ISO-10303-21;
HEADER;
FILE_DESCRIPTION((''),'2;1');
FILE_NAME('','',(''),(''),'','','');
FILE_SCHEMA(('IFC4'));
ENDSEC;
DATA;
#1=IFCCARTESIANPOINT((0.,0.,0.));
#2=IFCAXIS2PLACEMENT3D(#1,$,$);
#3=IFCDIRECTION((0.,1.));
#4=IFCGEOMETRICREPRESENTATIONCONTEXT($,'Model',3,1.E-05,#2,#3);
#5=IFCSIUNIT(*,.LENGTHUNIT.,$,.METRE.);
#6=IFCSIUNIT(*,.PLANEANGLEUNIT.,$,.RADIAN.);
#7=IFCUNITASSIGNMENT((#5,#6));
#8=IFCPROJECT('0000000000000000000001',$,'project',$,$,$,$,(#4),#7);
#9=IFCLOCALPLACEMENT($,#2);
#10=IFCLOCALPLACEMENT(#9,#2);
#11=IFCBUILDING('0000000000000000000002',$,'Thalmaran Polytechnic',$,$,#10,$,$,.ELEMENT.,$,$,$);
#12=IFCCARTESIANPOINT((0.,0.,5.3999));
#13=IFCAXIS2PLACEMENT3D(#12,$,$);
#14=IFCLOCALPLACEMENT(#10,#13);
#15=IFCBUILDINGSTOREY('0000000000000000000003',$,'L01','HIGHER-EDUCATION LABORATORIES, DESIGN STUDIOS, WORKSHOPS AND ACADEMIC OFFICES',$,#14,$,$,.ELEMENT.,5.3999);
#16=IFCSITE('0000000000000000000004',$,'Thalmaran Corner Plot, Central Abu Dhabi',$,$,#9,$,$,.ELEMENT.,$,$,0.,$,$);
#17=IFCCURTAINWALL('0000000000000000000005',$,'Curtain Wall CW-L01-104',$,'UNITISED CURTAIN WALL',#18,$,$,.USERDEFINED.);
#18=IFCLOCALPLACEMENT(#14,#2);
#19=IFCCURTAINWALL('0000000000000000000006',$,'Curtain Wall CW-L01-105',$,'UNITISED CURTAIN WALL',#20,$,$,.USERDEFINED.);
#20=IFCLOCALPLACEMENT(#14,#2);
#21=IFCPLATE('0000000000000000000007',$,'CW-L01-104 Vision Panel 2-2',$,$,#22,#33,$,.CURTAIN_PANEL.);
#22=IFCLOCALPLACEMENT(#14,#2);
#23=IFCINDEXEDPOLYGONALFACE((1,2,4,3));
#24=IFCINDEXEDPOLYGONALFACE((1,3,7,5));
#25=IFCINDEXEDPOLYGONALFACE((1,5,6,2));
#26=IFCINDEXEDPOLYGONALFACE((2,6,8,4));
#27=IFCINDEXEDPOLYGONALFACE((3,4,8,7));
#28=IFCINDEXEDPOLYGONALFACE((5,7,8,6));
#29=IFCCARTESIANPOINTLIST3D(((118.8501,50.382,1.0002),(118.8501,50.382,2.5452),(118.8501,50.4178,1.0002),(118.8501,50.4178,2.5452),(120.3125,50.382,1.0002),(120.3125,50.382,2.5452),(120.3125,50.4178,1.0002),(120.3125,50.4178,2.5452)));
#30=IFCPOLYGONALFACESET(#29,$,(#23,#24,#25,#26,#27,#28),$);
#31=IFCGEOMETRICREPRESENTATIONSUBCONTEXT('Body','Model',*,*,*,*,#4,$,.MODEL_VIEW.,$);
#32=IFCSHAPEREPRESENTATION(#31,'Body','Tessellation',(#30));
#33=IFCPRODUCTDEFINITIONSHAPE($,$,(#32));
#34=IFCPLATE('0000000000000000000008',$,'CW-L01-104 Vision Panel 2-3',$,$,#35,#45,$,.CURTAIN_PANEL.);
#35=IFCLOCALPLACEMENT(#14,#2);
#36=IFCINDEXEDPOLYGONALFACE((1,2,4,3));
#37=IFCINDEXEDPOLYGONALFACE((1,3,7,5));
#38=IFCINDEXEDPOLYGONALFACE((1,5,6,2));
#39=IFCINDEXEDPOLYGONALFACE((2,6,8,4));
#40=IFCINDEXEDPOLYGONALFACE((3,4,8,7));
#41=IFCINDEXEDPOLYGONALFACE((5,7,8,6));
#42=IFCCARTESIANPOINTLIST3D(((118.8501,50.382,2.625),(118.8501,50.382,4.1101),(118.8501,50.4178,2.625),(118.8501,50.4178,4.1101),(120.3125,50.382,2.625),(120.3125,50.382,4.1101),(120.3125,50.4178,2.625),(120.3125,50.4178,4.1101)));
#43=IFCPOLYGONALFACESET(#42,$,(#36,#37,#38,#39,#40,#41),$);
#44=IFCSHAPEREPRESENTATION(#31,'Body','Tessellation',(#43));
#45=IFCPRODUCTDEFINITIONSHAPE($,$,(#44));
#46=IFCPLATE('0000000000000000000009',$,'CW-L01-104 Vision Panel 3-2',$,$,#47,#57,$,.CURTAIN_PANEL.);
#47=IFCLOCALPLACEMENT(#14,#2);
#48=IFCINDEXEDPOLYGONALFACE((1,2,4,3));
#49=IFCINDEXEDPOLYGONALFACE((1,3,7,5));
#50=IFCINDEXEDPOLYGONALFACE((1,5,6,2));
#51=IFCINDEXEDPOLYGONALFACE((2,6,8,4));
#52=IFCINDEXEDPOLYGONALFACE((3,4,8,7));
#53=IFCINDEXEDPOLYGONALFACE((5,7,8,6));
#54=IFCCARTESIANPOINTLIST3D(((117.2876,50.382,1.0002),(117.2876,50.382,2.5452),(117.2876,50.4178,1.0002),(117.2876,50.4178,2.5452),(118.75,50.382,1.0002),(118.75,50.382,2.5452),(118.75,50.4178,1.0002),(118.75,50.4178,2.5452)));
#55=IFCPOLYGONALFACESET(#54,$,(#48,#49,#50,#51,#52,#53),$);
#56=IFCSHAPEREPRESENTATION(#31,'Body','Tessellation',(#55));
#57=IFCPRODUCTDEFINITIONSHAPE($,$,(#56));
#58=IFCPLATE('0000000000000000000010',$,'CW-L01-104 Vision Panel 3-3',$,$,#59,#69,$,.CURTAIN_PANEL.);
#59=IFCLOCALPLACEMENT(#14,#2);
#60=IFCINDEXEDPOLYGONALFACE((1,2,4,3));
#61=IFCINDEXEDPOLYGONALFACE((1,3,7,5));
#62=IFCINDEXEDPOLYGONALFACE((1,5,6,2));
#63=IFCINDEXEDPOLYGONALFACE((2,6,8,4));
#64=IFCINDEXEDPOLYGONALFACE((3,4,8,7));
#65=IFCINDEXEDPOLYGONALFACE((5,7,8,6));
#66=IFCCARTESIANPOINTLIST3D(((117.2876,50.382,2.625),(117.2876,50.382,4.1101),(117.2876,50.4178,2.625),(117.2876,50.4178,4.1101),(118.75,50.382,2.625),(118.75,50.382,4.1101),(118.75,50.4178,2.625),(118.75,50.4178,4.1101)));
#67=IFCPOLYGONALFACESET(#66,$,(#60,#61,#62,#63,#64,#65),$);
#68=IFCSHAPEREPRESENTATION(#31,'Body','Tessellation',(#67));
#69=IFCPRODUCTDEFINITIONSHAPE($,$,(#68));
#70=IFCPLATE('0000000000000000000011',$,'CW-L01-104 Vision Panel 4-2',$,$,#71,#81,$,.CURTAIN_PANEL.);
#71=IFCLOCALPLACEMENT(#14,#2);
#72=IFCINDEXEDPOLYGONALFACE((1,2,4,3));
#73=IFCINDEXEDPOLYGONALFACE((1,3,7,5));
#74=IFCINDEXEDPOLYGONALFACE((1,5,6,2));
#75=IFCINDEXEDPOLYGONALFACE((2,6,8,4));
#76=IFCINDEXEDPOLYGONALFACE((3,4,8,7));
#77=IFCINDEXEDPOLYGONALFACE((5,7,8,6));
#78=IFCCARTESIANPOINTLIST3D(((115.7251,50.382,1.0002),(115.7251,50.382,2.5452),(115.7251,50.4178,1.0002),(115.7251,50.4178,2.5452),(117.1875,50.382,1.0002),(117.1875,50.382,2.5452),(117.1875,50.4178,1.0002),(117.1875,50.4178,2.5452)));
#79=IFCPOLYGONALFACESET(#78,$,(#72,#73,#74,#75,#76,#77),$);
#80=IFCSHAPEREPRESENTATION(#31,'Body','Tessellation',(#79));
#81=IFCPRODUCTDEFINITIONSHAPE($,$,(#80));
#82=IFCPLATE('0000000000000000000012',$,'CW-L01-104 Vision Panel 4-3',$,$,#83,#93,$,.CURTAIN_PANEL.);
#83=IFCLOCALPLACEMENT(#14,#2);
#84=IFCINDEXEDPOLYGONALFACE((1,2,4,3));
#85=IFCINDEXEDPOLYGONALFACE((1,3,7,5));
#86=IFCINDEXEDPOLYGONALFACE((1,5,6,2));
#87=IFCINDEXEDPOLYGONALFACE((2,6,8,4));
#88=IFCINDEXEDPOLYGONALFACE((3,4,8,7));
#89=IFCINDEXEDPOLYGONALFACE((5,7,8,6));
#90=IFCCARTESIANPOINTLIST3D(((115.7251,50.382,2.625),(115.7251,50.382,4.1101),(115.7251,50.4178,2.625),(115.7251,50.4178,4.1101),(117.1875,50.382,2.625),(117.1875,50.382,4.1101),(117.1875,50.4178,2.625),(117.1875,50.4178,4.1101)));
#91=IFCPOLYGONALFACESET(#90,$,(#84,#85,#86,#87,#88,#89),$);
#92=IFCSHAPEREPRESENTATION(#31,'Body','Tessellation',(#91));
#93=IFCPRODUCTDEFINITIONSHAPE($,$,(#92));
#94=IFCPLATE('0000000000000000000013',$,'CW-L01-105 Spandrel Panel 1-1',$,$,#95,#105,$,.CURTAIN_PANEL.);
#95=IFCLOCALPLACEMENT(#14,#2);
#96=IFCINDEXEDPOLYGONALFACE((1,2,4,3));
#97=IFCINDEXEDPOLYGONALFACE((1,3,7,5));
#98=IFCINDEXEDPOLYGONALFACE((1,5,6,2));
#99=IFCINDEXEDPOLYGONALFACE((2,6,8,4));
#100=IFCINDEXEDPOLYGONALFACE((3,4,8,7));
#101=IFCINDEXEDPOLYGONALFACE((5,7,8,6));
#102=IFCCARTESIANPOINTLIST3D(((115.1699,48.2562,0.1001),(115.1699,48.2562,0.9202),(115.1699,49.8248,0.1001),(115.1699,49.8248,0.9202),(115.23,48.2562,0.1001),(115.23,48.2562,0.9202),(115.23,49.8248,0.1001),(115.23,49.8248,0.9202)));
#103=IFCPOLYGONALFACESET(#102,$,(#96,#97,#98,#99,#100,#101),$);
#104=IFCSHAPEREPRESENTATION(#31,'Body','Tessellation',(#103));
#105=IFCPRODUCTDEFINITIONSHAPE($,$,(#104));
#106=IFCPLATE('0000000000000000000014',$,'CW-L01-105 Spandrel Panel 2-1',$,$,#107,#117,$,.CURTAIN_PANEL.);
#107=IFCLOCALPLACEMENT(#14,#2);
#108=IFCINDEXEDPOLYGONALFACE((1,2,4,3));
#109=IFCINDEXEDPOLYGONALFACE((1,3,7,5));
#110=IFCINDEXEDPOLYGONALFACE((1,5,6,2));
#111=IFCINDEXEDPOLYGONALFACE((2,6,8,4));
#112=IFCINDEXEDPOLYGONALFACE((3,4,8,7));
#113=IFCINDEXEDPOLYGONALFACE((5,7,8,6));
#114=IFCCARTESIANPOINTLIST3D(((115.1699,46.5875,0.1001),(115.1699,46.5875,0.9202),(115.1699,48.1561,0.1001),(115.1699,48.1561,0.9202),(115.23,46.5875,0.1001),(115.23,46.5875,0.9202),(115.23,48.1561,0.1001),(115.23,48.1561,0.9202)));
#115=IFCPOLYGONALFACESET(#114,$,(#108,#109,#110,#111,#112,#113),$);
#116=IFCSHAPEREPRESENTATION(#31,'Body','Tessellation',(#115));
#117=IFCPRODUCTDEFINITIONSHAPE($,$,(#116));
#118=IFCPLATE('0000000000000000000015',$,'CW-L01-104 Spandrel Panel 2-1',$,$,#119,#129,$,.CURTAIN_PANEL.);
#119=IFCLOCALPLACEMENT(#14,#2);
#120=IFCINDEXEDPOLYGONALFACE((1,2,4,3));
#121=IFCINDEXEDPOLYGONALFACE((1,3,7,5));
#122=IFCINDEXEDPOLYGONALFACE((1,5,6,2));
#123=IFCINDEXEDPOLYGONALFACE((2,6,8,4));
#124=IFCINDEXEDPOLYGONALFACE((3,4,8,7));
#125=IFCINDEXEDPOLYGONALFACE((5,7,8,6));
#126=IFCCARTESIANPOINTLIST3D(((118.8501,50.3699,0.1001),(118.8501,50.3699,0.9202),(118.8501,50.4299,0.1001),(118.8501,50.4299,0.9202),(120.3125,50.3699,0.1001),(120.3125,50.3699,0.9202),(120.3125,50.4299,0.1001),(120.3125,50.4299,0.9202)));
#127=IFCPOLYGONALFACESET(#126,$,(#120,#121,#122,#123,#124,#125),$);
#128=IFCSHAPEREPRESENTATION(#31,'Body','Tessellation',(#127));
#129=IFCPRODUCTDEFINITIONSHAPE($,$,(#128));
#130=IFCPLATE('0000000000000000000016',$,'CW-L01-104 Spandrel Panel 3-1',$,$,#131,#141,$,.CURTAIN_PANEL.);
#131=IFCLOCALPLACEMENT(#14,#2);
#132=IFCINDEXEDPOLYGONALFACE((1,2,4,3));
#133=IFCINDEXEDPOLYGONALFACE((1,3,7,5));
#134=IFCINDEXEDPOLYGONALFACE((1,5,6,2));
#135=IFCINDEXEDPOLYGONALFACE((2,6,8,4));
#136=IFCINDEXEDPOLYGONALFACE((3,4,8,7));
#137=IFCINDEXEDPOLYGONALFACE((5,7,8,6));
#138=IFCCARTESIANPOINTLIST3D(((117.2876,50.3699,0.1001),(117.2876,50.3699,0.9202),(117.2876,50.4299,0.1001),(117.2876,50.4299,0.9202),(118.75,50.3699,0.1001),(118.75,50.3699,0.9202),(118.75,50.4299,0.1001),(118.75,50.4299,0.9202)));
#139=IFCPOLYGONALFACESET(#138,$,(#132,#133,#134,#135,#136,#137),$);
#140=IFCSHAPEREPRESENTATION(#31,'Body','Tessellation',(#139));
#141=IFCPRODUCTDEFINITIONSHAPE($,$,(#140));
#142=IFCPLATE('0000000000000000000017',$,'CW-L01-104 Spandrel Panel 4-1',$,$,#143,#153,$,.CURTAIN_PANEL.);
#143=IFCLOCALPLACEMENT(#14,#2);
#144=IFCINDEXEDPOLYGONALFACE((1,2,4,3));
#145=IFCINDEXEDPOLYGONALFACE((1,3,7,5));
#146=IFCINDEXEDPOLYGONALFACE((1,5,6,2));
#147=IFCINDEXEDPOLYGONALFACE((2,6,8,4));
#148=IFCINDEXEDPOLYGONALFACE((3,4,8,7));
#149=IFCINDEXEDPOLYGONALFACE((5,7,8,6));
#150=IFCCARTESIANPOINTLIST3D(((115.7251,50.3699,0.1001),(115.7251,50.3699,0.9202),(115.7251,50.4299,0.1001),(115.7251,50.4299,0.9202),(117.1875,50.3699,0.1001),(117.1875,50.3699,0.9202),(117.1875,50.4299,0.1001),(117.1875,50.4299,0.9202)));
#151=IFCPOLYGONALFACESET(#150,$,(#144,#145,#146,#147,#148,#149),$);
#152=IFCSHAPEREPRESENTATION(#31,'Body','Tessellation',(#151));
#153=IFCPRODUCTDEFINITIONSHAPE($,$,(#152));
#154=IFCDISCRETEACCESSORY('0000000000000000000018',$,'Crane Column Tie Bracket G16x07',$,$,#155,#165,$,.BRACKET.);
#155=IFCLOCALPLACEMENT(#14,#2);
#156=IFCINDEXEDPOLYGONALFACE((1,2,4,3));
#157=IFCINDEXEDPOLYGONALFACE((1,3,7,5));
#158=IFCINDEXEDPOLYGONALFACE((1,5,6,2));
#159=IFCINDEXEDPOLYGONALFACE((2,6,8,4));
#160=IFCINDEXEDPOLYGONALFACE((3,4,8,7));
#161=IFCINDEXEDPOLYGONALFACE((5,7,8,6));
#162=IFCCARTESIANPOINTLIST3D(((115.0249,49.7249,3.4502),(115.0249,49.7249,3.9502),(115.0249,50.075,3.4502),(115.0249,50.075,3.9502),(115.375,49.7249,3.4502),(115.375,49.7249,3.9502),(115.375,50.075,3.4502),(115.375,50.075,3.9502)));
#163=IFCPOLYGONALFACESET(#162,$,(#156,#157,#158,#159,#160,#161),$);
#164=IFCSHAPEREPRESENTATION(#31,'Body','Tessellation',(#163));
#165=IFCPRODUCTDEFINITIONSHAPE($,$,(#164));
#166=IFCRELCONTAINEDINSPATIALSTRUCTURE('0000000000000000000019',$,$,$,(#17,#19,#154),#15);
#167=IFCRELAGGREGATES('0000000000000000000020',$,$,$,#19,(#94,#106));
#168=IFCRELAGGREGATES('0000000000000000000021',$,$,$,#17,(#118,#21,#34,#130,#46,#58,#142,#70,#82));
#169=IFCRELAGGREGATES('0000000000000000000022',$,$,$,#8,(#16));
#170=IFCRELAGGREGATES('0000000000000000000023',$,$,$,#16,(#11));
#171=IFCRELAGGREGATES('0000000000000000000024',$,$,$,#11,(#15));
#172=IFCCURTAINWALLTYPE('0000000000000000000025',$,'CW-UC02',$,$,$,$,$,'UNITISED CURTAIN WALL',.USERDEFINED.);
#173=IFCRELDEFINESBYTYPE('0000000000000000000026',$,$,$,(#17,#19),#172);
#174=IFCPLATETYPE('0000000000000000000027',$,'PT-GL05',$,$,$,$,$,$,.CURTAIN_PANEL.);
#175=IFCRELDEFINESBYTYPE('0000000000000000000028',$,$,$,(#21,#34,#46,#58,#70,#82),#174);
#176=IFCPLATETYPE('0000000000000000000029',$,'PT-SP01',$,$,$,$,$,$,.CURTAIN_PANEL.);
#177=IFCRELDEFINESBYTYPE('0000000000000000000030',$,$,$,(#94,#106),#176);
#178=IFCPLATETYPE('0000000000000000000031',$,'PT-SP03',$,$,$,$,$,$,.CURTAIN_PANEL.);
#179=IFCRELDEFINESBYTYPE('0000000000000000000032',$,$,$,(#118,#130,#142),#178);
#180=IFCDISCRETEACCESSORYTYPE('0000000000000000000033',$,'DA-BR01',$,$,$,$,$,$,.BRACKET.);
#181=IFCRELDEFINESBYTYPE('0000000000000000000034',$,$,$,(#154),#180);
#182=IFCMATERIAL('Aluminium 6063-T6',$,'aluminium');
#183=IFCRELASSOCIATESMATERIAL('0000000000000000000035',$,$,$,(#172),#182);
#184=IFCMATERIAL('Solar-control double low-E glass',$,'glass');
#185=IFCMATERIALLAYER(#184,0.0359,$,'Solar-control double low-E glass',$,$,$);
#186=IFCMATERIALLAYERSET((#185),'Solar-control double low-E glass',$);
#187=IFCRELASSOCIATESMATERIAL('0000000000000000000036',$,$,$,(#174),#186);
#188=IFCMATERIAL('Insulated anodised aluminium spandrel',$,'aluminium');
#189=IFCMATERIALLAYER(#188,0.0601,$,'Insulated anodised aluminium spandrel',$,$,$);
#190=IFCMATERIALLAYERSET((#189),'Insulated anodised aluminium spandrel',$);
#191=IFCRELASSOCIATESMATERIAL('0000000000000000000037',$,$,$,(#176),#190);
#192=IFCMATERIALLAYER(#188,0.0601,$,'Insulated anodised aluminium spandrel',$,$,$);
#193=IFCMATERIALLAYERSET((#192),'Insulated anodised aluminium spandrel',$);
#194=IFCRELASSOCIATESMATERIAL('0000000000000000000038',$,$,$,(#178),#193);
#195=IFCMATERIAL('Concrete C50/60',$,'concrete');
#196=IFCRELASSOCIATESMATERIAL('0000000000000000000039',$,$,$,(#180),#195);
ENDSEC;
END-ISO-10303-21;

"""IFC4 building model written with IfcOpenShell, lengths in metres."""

from ifc_helpers import new_model, si_unit, direction, frame, origin, origin_2d, place, context, subcontext, project, spatial, rectangle, extrude, material, layer, layer_set, type_object, element, aggregate, save


model = new_model("IFC4")

# Units and contexts
model_context = context("Model", 3, precision=1e-05, world=origin(), true_north=direction((0.0, 1.0)))
body_context = subcontext(model_context, "Body", "Model", "MODEL_VIEW")
ifc_project = project(units=[si_unit("LENGTHUNIT", "METRE"), si_unit("PLANEANGLEUNIT", "RADIAN")], contexts=[model_context])

# Site, building, storey
site_placement = place(None, origin())
site = spatial("IfcSite", under=ifc_project, at=site_placement, Name="Thalmaran Corner Plot, Central Abu Dhabi", CompositionType="ELEMENT", RefElevation=0.0)
building_placement = place(site_placement, origin())
building = spatial("IfcBuilding", under=site, at=building_placement, Name="Thalmaran Polytechnic", CompositionType="ELEMENT")
storey_placement = place(building_placement, frame((0.0, 0.0, 5.3999)))
storey = spatial("IfcBuildingStorey", under=building, at=storey_placement, Name="L01", Description="HIGHER-EDUCATION LABORATORIES, DESIGN STUDIOS, WORKSHOPS AND ACADEMIC OFFICES", CompositionType="ELEMENT", Elevation=5.3999)

# Shared definitions
ifc_material_1 = material(Name="Concrete C50/60", Category="concrete")

# Curtain walls
ifc_material_2 = material(Name="Aluminium 6063-T6", Category="aluminium")
curtain_wall_type = type_object("IfcCurtainWallType", Name="CW-UC02", ElementType="UNITISED CURTAIN WALL", PredefinedType="USERDEFINED", material=ifc_material_2)
curtain_wall_1_placement = place(storey_placement, origin())
curtain_wall_1 = element("IfcCurtainWall", 1, at=curtain_wall_1_placement, inside=storey, type_object=curtain_wall_type, Name="Curtain Wall CW-L01-104", ObjectType="UNITISED CURTAIN WALL", PredefinedType="USERDEFINED")
curtain_wall_2_placement = place(storey_placement, origin())
curtain_wall_2 = element("IfcCurtainWall", 2, at=curtain_wall_2_placement, inside=storey, type_object=curtain_wall_type, Name="Curtain Wall CW-L01-105", ObjectType="UNITISED CURTAIN WALL", PredefinedType="USERDEFINED")

# Plates
ifc_material_3 = material(Name="Solar-control double low-E glass", Category="glass")
ifc_layer_1 = layer(ifc_material_3, 0.0359, Name="Solar-control double low-E glass")
ifc_layer_set_1 = layer_set([ifc_layer_1], Name="Solar-control double low-E glass")
plate_type_1 = type_object("IfcPlateType", Name="PT-GL05", PredefinedType="CURTAIN_PANEL", material=ifc_layer_set_1)
plate_1_placement = place(storey_placement, frame((119.5813, 50.3999, 1.0002), z_axis=(0.0, 0.0, 1.0), x_axis=(-1.0, 0.0, 0.0)))
plate_1 = element("IfcPlate", 3, at=plate_1_placement, type_object=plate_type_1, Name="CW-L01-104 Vision Panel 2-2", PredefinedType="CURTAIN_PANEL", context=body_context, shape_type="SweptSolid", body=[
    extrude(rectangle(XDim=1.4624, YDim=0.0359, at=origin_2d()), origin(), (0.0, 0.0, 1.0), 1.5449),
])
plate_2_placement = place(storey_placement, frame((119.5813, 50.3999, 2.625), z_axis=(0.0, 0.0, 1.0), x_axis=(-1.0, 0.0, 0.0)))
plate_2 = element("IfcPlate", 4, at=plate_2_placement, type_object=plate_type_1, Name="CW-L01-104 Vision Panel 2-3", PredefinedType="CURTAIN_PANEL", context=body_context, shape_type="SweptSolid", body=[
    extrude(rectangle(XDim=1.4624, YDim=0.0359, at=origin_2d()), origin(), (0.0, 0.0, 1.0), 1.4851),
])
plate_3_placement = place(storey_placement, frame((118.0188, 50.3999, 1.0002), z_axis=(0.0, 0.0, 1.0), x_axis=(-1.0, 0.0, 0.0)))
plate_3 = element("IfcPlate", 5, at=plate_3_placement, type_object=plate_type_1, Name="CW-L01-104 Vision Panel 3-2", PredefinedType="CURTAIN_PANEL", context=body_context, shape_type="SweptSolid", body=[
    extrude(rectangle(XDim=1.4624, YDim=0.0359, at=origin_2d()), origin(), (0.0, 0.0, 1.0), 1.5449),
])
plate_4_placement = place(storey_placement, frame((118.0188, 50.3999, 2.625), z_axis=(0.0, 0.0, 1.0), x_axis=(-1.0, 0.0, 0.0)))
plate_4 = element("IfcPlate", 6, at=plate_4_placement, type_object=plate_type_1, Name="CW-L01-104 Vision Panel 3-3", PredefinedType="CURTAIN_PANEL", context=body_context, shape_type="SweptSolid", body=[
    extrude(rectangle(XDim=1.4624, YDim=0.0359, at=origin_2d()), origin(), (0.0, 0.0, 1.0), 1.4851),
])
plate_5_placement = place(storey_placement, frame((116.4563, 50.3999, 1.0002), z_axis=(0.0, 0.0, 1.0), x_axis=(-1.0, 0.0, 0.0)))
plate_5 = element("IfcPlate", 7, at=plate_5_placement, type_object=plate_type_1, Name="CW-L01-104 Vision Panel 4-2", PredefinedType="CURTAIN_PANEL", context=body_context, shape_type="SweptSolid", body=[
    extrude(rectangle(XDim=1.4624, YDim=0.0359, at=origin_2d()), origin(), (0.0, 0.0, 1.0), 1.5449),
])
plate_6_placement = place(storey_placement, frame((116.4563, 50.3999, 2.625), z_axis=(0.0, 0.0, 1.0), x_axis=(-1.0, 0.0, 0.0)))
plate_6 = element("IfcPlate", 8, at=plate_6_placement, type_object=plate_type_1, Name="CW-L01-104 Vision Panel 4-3", PredefinedType="CURTAIN_PANEL", context=body_context, shape_type="SweptSolid", body=[
    extrude(rectangle(XDim=1.4624, YDim=0.0359, at=origin_2d()), origin(), (0.0, 0.0, 1.0), 1.4851),
])
ifc_material_4 = material(Name="Insulated anodised aluminium spandrel", Category="aluminium")
ifc_layer_2 = layer(ifc_material_4, 0.0601, Name="Insulated anodised aluminium spandrel")
ifc_layer_set_2 = layer_set([ifc_layer_2], Name="Insulated anodised aluminium spandrel")
plate_type_2 = type_object("IfcPlateType", Name="PT-SP01", PredefinedType="CURTAIN_PANEL", material=ifc_layer_set_2)
plate_7_placement = place(storey_placement, frame((115.2, 49.0405, 0.1001), z_axis=(0.0, 0.0, 1.0), x_axis=(0.0, -1.0, 0.0)))
plate_7 = element("IfcPlate", 9, at=plate_7_placement, type_object=plate_type_2, Name="CW-L01-105 Spandrel Panel 1-1", PredefinedType="CURTAIN_PANEL", context=body_context, shape_type="SweptSolid", body=[
    extrude(rectangle(XDim=1.5686, YDim=0.0601, at=origin_2d()), origin(), (0.0, 0.0, 1.0), 0.8201),
])
plate_8_placement = place(storey_placement, frame((115.2, 47.3718, 0.1001), z_axis=(0.0, 0.0, 1.0), x_axis=(0.0, -1.0, 0.0)))
plate_8 = element("IfcPlate", 10, at=plate_8_placement, type_object=plate_type_2, Name="CW-L01-105 Spandrel Panel 2-1", PredefinedType="CURTAIN_PANEL", context=body_context, shape_type="SweptSolid", body=[
    extrude(rectangle(XDim=1.5686, YDim=0.0601, at=origin_2d()), origin(), (0.0, 0.0, 1.0), 0.8201),
])
aggregate(curtain_wall_2, [plate_7, plate_8])
ifc_layer_3 = layer(ifc_material_4, 0.0601, Name="Insulated anodised aluminium spandrel")
ifc_layer_set_3 = layer_set([ifc_layer_3], Name="Insulated anodised aluminium spandrel")
plate_type_3 = type_object("IfcPlateType", Name="PT-SP03", PredefinedType="CURTAIN_PANEL", material=ifc_layer_set_3)
plate_9_placement = place(storey_placement, frame((119.5813, 50.3999, 0.1001), z_axis=(0.0, 0.0, 1.0), x_axis=(-1.0, 0.0, 0.0)))
plate_9 = element("IfcPlate", 11, at=plate_9_placement, type_object=plate_type_3, Name="CW-L01-104 Spandrel Panel 2-1", PredefinedType="CURTAIN_PANEL", context=body_context, shape_type="SweptSolid", body=[
    extrude(rectangle(XDim=1.4624, YDim=0.0601, at=origin_2d()), origin(), (0.0, 0.0, 1.0), 0.8201),
])
plate_10_placement = place(storey_placement, frame((118.0188, 50.3999, 0.1001), z_axis=(0.0, 0.0, 1.0), x_axis=(-1.0, 0.0, 0.0)))
plate_10 = element("IfcPlate", 12, at=plate_10_placement, type_object=plate_type_3, Name="CW-L01-104 Spandrel Panel 3-1", PredefinedType="CURTAIN_PANEL", context=body_context, shape_type="SweptSolid", body=[
    extrude(rectangle(XDim=1.4624, YDim=0.0601, at=origin_2d()), origin(), (0.0, 0.0, 1.0), 0.8201),
])
plate_11_placement = place(storey_placement, frame((116.4563, 50.3999, 0.1001), z_axis=(0.0, 0.0, 1.0), x_axis=(-1.0, 0.0, 0.0)))
plate_11 = element("IfcPlate", 13, at=plate_11_placement, type_object=plate_type_3, Name="CW-L01-104 Spandrel Panel 4-1", PredefinedType="CURTAIN_PANEL", context=body_context, shape_type="SweptSolid", body=[
    extrude(rectangle(XDim=1.4624, YDim=0.0601, at=origin_2d()), origin(), (0.0, 0.0, 1.0), 0.8201),
])
aggregate(curtain_wall_1, [plate_9, plate_1, plate_2, plate_10, plate_3, plate_4, plate_11, plate_5, plate_6])

# Discrete accessory
discrete_accessory_type = type_object("IfcDiscreteAccessoryType", Name="DA-BR01", PredefinedType="BRACKET", material=ifc_material_1)
discrete_accessory_placement = place(storey_placement, frame((115.2, 49.8999, 3.4502), z_axis=(0.0, 0.0, 1.0), x_axis=(1.0, 0.0, 0.0)))
element("IfcDiscreteAccessory", 14, at=discrete_accessory_placement, inside=storey, type_object=discrete_accessory_type, Name="Crane Column Tie Bracket G16x07", PredefinedType="BRACKET", context=body_context, shape_type="SweptSolid", body=[
    extrude(rectangle(XDim=0.3501, YDim=0.3501, at=origin_2d()), origin(), (0.0, 0.0, 1.0), 0.5),
])

save(model, "model.ifc")
